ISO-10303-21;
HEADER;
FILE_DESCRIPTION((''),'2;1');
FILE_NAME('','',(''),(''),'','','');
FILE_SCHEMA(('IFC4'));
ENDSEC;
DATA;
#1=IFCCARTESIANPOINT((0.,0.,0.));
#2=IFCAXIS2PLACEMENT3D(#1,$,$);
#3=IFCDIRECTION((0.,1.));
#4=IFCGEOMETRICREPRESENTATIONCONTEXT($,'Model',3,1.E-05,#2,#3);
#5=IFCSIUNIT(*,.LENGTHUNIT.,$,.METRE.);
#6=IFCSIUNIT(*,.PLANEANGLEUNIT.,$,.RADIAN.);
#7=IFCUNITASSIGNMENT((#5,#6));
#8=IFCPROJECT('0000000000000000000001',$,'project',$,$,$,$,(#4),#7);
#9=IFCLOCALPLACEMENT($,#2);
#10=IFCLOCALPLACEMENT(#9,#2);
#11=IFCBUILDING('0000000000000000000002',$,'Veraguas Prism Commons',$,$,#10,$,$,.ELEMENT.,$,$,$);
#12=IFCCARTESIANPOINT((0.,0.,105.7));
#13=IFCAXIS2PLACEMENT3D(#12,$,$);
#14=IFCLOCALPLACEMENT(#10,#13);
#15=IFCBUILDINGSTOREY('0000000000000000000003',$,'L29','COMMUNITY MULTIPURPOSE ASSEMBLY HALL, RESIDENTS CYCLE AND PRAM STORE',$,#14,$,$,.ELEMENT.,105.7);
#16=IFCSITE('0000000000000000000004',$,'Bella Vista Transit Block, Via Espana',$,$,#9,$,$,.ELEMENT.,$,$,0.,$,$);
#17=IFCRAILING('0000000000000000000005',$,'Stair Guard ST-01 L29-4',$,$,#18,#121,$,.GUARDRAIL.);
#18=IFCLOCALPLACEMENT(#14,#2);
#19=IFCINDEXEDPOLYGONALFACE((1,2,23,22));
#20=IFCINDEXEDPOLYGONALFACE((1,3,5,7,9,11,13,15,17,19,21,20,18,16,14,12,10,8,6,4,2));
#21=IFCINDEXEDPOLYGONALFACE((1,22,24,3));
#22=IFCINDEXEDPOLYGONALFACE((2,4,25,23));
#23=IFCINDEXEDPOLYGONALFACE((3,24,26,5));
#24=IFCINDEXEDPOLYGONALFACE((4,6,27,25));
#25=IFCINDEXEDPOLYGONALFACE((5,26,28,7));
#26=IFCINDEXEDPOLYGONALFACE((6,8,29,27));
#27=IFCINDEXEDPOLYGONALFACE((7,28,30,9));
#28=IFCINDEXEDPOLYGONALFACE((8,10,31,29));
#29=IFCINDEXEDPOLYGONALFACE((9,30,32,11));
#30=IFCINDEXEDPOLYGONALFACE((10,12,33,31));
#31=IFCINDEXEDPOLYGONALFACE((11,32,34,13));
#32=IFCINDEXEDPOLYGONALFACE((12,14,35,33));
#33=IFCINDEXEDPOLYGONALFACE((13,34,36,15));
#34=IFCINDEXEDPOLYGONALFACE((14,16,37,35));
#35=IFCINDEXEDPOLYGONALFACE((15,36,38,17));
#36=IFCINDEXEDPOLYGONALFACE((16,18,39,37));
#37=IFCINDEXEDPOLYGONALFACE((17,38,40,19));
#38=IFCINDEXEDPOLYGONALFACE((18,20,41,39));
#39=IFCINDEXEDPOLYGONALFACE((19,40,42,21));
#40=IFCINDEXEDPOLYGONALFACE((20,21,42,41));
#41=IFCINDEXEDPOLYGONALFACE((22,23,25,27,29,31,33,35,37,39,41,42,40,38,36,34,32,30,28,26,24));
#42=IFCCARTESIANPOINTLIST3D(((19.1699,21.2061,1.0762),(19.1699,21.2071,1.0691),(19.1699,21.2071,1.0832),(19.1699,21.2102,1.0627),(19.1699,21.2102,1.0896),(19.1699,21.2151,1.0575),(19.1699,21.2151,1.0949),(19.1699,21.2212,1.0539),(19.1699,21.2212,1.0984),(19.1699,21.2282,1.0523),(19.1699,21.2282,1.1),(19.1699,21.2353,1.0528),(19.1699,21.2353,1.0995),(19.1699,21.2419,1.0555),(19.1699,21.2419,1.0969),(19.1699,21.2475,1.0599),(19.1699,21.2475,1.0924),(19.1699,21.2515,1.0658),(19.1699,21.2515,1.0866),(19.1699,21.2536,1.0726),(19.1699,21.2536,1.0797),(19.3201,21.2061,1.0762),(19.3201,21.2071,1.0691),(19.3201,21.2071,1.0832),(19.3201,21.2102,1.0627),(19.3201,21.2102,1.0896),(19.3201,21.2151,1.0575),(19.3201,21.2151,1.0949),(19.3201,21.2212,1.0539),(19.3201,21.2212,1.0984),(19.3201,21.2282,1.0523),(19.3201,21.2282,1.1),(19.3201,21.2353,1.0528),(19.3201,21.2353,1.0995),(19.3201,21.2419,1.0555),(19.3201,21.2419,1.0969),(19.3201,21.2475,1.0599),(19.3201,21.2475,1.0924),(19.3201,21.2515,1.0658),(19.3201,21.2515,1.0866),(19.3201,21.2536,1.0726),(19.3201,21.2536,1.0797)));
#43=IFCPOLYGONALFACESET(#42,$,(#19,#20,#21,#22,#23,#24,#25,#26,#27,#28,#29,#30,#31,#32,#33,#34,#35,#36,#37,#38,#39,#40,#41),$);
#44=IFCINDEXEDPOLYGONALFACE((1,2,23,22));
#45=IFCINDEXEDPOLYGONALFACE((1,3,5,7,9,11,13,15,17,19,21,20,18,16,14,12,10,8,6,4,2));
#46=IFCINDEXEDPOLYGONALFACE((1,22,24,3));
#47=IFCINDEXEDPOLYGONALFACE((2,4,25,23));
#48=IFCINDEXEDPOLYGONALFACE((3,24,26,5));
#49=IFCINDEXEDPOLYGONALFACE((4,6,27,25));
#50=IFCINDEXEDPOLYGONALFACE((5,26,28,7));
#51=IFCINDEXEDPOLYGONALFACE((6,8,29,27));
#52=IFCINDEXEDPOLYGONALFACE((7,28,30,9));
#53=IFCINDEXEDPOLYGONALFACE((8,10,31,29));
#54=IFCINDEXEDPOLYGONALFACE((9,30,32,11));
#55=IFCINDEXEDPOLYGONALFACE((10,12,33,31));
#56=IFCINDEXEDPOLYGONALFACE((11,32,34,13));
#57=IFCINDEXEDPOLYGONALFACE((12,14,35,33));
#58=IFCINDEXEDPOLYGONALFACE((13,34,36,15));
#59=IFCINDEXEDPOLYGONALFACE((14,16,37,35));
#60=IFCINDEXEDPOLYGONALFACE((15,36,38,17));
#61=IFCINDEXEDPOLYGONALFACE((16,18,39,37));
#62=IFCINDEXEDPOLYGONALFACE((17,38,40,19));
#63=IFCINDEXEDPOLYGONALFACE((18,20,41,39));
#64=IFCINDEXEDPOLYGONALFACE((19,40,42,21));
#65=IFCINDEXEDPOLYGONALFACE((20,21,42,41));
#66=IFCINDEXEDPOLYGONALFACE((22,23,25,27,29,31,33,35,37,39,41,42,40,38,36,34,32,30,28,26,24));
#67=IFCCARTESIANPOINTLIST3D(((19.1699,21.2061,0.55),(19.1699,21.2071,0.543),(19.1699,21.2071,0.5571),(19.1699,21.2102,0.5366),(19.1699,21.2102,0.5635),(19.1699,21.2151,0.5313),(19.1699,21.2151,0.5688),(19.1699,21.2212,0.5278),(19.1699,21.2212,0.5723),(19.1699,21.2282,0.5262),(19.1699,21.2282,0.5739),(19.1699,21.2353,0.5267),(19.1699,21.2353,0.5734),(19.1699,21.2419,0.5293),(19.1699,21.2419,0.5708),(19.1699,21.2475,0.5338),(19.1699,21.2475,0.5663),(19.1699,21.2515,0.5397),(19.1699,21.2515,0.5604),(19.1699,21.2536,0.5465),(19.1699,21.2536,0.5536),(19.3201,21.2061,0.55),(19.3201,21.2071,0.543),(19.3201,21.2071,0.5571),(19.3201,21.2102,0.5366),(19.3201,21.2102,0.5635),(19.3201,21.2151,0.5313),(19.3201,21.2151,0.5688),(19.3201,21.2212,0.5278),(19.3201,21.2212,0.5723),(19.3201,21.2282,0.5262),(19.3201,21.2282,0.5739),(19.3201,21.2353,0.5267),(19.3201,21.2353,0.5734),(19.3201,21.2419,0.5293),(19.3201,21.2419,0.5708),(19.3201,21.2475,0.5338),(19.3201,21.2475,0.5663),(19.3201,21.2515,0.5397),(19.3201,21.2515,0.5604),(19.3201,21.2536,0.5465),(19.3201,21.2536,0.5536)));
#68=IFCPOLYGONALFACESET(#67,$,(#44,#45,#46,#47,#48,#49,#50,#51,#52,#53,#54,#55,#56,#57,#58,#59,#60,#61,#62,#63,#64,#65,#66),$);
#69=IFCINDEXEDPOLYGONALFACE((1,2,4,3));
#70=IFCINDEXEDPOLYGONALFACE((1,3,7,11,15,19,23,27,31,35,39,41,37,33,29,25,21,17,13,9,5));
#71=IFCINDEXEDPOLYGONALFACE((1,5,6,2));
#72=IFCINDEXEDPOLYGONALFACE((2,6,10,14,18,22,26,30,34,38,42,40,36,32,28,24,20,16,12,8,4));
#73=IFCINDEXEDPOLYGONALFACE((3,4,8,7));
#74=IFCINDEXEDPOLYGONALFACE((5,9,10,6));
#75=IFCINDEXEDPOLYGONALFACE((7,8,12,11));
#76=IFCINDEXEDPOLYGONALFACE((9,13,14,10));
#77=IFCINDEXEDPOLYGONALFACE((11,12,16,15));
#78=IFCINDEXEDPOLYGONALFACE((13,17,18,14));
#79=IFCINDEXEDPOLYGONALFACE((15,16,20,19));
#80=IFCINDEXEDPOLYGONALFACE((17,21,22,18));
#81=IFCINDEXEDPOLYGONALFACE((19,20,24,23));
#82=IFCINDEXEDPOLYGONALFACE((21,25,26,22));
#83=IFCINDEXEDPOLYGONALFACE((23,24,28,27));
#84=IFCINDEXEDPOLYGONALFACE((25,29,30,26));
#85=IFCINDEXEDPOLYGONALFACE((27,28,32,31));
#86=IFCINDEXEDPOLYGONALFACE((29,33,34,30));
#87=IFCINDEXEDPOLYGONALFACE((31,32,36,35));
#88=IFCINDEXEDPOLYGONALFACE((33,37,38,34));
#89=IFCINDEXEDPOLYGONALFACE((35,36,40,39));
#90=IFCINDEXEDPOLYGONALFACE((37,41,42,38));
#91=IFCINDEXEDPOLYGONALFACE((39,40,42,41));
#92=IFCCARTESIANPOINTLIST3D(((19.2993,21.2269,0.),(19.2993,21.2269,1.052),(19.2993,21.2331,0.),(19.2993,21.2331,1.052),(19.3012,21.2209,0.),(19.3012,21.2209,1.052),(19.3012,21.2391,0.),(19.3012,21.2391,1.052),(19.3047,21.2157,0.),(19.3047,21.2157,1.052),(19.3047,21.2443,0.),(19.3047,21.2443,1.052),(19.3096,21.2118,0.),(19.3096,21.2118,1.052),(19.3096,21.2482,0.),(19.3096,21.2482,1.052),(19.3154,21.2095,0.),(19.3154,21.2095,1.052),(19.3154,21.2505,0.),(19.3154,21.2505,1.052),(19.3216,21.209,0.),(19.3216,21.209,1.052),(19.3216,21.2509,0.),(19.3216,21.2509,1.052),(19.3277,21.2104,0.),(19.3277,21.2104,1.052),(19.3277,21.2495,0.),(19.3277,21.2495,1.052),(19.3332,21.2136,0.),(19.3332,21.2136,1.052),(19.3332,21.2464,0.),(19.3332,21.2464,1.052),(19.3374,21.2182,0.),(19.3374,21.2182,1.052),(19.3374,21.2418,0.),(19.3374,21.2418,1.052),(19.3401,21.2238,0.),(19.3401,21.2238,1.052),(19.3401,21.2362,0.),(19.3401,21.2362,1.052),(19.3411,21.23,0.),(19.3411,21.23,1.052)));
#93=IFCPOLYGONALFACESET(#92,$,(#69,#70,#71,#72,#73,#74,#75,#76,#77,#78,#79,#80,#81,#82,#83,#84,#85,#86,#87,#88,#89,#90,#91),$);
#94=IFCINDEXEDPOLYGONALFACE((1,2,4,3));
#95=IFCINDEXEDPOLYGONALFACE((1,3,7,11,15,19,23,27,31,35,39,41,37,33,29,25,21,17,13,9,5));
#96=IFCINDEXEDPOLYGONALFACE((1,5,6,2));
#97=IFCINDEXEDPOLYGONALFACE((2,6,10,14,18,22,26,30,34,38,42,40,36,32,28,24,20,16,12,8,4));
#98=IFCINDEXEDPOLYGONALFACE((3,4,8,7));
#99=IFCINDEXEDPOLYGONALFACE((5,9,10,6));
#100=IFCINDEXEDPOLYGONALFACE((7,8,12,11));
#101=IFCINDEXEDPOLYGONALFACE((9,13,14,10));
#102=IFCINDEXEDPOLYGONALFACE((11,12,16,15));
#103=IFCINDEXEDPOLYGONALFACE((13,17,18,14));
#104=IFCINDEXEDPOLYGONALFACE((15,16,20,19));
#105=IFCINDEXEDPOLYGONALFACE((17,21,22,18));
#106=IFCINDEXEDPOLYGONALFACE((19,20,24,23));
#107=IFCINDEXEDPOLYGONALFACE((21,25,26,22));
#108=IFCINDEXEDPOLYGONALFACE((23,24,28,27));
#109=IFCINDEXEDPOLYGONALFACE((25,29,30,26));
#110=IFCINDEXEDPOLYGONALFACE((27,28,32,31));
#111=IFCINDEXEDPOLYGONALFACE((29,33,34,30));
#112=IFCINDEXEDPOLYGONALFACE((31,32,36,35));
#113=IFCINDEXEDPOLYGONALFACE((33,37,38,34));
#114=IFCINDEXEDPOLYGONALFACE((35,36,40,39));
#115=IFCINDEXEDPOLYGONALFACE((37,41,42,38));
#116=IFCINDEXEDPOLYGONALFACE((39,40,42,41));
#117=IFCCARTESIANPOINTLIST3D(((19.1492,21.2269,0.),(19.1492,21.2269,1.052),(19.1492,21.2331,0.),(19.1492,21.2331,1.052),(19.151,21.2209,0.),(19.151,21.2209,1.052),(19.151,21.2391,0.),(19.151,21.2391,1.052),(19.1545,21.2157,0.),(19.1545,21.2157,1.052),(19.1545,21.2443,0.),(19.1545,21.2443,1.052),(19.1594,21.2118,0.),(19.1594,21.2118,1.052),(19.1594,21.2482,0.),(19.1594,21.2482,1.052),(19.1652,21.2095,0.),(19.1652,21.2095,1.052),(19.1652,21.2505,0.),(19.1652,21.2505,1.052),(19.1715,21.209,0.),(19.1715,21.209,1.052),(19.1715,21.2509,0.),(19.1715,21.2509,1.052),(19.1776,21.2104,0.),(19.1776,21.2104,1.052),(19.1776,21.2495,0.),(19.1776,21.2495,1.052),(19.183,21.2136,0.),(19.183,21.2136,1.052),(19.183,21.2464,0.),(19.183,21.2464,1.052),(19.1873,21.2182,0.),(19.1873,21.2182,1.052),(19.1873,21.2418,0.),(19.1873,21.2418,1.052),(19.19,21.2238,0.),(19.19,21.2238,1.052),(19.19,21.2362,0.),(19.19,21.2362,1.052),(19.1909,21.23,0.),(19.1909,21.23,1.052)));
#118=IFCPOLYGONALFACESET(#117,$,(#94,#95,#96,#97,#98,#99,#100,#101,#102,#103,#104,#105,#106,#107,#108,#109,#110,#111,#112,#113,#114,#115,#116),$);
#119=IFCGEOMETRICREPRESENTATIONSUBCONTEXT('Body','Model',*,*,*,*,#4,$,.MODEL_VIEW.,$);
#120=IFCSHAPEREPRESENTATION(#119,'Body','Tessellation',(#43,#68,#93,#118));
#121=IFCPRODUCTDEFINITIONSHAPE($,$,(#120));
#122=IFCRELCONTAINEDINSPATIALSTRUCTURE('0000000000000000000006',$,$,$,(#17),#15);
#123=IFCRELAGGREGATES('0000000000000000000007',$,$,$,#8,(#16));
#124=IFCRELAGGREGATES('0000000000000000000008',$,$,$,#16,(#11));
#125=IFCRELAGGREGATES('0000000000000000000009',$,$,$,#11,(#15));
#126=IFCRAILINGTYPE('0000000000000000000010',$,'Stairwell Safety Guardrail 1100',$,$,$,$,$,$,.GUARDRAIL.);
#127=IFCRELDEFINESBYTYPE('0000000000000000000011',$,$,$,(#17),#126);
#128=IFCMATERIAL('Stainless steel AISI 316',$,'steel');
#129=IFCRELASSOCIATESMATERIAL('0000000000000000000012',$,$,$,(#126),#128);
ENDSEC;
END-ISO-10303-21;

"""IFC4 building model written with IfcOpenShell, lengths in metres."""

from ifc_helpers import new_model, si_unit, direction, frame, origin, origin_2d, place, context, subcontext, project, spatial, circle, extrude, material, type_object, element, save


model = new_model("IFC4")

# Units and contexts
model_context = context("Model", 3, precision=1e-05, world=origin(), true_north=direction((0.0, 1.0)))
body_context = subcontext(model_context, "Body", "Model", "MODEL_VIEW")
ifc_project = project(units=[si_unit("LENGTHUNIT", "METRE"), si_unit("PLANEANGLEUNIT", "RADIAN")], contexts=[model_context])

# Site, building, storey
site_placement = place(None, origin())
site = spatial("IfcSite", under=ifc_project, at=site_placement, Name="Bella Vista Transit Block, Via Espana", CompositionType="ELEMENT", RefElevation=0.0)
building_placement = place(site_placement, origin())
building = spatial("IfcBuilding", under=site, at=building_placement, Name="Veraguas Prism Commons", CompositionType="ELEMENT")
storey_placement = place(building_placement, frame((0.0, 0.0, 105.7)))
storey = spatial("IfcBuildingStorey", under=building, at=storey_placement, Name="L29", Description="COMMUNITY MULTIPURPOSE ASSEMBLY HALL, RESIDENTS CYCLE AND PRAM STORE", CompositionType="ELEMENT", Elevation=105.7)

# Railing
ifc_material_1 = material(Name="Stainless steel AISI 316", Category="steel")
railing_type_1 = type_object("IfcRailingType", Name="Stairwell Safety Guardrail 1100", PredefinedType="GUARDRAIL", material=ifc_material_1)
railing_1_placement = place(storey_placement, frame((19.3201, 21.23, 0.0)))
element("IfcRailing", 1, at=railing_1_placement, inside=storey, type_object=railing_type_1, Name="Stair Guard ST-01 L29-4", PredefinedType="GUARDRAIL", context=body_context, shape_type="SweptSolid", body=[
    extrude(circle(Radius=0.0239, at=origin_2d()), frame((0.0, 0.0, 1.0762), z_axis=(-1.0, 0.0, 0.0), x_axis=(0.0, -1.0, 0.0)), (0.0, 0.0, 1.0), 0.1501),
    extrude(circle(Radius=0.0239, at=origin_2d()), frame((0.0, 0.0, 0.55), z_axis=(-1.0, 0.0, 0.0), x_axis=(0.0, -1.0, 0.0)), (0.0, 0.0, 1.0), 0.1501),
    extrude(circle(Radius=0.021, at=origin_2d()), origin(), (0.0, 0.0, 1.0), 1.052),
    extrude(circle(Radius=0.021, at=origin_2d()), frame((-0.1501, 0.0, 0.0)), (0.0, 0.0, 1.0), 1.052),
])

save(model, "model.ifc")
